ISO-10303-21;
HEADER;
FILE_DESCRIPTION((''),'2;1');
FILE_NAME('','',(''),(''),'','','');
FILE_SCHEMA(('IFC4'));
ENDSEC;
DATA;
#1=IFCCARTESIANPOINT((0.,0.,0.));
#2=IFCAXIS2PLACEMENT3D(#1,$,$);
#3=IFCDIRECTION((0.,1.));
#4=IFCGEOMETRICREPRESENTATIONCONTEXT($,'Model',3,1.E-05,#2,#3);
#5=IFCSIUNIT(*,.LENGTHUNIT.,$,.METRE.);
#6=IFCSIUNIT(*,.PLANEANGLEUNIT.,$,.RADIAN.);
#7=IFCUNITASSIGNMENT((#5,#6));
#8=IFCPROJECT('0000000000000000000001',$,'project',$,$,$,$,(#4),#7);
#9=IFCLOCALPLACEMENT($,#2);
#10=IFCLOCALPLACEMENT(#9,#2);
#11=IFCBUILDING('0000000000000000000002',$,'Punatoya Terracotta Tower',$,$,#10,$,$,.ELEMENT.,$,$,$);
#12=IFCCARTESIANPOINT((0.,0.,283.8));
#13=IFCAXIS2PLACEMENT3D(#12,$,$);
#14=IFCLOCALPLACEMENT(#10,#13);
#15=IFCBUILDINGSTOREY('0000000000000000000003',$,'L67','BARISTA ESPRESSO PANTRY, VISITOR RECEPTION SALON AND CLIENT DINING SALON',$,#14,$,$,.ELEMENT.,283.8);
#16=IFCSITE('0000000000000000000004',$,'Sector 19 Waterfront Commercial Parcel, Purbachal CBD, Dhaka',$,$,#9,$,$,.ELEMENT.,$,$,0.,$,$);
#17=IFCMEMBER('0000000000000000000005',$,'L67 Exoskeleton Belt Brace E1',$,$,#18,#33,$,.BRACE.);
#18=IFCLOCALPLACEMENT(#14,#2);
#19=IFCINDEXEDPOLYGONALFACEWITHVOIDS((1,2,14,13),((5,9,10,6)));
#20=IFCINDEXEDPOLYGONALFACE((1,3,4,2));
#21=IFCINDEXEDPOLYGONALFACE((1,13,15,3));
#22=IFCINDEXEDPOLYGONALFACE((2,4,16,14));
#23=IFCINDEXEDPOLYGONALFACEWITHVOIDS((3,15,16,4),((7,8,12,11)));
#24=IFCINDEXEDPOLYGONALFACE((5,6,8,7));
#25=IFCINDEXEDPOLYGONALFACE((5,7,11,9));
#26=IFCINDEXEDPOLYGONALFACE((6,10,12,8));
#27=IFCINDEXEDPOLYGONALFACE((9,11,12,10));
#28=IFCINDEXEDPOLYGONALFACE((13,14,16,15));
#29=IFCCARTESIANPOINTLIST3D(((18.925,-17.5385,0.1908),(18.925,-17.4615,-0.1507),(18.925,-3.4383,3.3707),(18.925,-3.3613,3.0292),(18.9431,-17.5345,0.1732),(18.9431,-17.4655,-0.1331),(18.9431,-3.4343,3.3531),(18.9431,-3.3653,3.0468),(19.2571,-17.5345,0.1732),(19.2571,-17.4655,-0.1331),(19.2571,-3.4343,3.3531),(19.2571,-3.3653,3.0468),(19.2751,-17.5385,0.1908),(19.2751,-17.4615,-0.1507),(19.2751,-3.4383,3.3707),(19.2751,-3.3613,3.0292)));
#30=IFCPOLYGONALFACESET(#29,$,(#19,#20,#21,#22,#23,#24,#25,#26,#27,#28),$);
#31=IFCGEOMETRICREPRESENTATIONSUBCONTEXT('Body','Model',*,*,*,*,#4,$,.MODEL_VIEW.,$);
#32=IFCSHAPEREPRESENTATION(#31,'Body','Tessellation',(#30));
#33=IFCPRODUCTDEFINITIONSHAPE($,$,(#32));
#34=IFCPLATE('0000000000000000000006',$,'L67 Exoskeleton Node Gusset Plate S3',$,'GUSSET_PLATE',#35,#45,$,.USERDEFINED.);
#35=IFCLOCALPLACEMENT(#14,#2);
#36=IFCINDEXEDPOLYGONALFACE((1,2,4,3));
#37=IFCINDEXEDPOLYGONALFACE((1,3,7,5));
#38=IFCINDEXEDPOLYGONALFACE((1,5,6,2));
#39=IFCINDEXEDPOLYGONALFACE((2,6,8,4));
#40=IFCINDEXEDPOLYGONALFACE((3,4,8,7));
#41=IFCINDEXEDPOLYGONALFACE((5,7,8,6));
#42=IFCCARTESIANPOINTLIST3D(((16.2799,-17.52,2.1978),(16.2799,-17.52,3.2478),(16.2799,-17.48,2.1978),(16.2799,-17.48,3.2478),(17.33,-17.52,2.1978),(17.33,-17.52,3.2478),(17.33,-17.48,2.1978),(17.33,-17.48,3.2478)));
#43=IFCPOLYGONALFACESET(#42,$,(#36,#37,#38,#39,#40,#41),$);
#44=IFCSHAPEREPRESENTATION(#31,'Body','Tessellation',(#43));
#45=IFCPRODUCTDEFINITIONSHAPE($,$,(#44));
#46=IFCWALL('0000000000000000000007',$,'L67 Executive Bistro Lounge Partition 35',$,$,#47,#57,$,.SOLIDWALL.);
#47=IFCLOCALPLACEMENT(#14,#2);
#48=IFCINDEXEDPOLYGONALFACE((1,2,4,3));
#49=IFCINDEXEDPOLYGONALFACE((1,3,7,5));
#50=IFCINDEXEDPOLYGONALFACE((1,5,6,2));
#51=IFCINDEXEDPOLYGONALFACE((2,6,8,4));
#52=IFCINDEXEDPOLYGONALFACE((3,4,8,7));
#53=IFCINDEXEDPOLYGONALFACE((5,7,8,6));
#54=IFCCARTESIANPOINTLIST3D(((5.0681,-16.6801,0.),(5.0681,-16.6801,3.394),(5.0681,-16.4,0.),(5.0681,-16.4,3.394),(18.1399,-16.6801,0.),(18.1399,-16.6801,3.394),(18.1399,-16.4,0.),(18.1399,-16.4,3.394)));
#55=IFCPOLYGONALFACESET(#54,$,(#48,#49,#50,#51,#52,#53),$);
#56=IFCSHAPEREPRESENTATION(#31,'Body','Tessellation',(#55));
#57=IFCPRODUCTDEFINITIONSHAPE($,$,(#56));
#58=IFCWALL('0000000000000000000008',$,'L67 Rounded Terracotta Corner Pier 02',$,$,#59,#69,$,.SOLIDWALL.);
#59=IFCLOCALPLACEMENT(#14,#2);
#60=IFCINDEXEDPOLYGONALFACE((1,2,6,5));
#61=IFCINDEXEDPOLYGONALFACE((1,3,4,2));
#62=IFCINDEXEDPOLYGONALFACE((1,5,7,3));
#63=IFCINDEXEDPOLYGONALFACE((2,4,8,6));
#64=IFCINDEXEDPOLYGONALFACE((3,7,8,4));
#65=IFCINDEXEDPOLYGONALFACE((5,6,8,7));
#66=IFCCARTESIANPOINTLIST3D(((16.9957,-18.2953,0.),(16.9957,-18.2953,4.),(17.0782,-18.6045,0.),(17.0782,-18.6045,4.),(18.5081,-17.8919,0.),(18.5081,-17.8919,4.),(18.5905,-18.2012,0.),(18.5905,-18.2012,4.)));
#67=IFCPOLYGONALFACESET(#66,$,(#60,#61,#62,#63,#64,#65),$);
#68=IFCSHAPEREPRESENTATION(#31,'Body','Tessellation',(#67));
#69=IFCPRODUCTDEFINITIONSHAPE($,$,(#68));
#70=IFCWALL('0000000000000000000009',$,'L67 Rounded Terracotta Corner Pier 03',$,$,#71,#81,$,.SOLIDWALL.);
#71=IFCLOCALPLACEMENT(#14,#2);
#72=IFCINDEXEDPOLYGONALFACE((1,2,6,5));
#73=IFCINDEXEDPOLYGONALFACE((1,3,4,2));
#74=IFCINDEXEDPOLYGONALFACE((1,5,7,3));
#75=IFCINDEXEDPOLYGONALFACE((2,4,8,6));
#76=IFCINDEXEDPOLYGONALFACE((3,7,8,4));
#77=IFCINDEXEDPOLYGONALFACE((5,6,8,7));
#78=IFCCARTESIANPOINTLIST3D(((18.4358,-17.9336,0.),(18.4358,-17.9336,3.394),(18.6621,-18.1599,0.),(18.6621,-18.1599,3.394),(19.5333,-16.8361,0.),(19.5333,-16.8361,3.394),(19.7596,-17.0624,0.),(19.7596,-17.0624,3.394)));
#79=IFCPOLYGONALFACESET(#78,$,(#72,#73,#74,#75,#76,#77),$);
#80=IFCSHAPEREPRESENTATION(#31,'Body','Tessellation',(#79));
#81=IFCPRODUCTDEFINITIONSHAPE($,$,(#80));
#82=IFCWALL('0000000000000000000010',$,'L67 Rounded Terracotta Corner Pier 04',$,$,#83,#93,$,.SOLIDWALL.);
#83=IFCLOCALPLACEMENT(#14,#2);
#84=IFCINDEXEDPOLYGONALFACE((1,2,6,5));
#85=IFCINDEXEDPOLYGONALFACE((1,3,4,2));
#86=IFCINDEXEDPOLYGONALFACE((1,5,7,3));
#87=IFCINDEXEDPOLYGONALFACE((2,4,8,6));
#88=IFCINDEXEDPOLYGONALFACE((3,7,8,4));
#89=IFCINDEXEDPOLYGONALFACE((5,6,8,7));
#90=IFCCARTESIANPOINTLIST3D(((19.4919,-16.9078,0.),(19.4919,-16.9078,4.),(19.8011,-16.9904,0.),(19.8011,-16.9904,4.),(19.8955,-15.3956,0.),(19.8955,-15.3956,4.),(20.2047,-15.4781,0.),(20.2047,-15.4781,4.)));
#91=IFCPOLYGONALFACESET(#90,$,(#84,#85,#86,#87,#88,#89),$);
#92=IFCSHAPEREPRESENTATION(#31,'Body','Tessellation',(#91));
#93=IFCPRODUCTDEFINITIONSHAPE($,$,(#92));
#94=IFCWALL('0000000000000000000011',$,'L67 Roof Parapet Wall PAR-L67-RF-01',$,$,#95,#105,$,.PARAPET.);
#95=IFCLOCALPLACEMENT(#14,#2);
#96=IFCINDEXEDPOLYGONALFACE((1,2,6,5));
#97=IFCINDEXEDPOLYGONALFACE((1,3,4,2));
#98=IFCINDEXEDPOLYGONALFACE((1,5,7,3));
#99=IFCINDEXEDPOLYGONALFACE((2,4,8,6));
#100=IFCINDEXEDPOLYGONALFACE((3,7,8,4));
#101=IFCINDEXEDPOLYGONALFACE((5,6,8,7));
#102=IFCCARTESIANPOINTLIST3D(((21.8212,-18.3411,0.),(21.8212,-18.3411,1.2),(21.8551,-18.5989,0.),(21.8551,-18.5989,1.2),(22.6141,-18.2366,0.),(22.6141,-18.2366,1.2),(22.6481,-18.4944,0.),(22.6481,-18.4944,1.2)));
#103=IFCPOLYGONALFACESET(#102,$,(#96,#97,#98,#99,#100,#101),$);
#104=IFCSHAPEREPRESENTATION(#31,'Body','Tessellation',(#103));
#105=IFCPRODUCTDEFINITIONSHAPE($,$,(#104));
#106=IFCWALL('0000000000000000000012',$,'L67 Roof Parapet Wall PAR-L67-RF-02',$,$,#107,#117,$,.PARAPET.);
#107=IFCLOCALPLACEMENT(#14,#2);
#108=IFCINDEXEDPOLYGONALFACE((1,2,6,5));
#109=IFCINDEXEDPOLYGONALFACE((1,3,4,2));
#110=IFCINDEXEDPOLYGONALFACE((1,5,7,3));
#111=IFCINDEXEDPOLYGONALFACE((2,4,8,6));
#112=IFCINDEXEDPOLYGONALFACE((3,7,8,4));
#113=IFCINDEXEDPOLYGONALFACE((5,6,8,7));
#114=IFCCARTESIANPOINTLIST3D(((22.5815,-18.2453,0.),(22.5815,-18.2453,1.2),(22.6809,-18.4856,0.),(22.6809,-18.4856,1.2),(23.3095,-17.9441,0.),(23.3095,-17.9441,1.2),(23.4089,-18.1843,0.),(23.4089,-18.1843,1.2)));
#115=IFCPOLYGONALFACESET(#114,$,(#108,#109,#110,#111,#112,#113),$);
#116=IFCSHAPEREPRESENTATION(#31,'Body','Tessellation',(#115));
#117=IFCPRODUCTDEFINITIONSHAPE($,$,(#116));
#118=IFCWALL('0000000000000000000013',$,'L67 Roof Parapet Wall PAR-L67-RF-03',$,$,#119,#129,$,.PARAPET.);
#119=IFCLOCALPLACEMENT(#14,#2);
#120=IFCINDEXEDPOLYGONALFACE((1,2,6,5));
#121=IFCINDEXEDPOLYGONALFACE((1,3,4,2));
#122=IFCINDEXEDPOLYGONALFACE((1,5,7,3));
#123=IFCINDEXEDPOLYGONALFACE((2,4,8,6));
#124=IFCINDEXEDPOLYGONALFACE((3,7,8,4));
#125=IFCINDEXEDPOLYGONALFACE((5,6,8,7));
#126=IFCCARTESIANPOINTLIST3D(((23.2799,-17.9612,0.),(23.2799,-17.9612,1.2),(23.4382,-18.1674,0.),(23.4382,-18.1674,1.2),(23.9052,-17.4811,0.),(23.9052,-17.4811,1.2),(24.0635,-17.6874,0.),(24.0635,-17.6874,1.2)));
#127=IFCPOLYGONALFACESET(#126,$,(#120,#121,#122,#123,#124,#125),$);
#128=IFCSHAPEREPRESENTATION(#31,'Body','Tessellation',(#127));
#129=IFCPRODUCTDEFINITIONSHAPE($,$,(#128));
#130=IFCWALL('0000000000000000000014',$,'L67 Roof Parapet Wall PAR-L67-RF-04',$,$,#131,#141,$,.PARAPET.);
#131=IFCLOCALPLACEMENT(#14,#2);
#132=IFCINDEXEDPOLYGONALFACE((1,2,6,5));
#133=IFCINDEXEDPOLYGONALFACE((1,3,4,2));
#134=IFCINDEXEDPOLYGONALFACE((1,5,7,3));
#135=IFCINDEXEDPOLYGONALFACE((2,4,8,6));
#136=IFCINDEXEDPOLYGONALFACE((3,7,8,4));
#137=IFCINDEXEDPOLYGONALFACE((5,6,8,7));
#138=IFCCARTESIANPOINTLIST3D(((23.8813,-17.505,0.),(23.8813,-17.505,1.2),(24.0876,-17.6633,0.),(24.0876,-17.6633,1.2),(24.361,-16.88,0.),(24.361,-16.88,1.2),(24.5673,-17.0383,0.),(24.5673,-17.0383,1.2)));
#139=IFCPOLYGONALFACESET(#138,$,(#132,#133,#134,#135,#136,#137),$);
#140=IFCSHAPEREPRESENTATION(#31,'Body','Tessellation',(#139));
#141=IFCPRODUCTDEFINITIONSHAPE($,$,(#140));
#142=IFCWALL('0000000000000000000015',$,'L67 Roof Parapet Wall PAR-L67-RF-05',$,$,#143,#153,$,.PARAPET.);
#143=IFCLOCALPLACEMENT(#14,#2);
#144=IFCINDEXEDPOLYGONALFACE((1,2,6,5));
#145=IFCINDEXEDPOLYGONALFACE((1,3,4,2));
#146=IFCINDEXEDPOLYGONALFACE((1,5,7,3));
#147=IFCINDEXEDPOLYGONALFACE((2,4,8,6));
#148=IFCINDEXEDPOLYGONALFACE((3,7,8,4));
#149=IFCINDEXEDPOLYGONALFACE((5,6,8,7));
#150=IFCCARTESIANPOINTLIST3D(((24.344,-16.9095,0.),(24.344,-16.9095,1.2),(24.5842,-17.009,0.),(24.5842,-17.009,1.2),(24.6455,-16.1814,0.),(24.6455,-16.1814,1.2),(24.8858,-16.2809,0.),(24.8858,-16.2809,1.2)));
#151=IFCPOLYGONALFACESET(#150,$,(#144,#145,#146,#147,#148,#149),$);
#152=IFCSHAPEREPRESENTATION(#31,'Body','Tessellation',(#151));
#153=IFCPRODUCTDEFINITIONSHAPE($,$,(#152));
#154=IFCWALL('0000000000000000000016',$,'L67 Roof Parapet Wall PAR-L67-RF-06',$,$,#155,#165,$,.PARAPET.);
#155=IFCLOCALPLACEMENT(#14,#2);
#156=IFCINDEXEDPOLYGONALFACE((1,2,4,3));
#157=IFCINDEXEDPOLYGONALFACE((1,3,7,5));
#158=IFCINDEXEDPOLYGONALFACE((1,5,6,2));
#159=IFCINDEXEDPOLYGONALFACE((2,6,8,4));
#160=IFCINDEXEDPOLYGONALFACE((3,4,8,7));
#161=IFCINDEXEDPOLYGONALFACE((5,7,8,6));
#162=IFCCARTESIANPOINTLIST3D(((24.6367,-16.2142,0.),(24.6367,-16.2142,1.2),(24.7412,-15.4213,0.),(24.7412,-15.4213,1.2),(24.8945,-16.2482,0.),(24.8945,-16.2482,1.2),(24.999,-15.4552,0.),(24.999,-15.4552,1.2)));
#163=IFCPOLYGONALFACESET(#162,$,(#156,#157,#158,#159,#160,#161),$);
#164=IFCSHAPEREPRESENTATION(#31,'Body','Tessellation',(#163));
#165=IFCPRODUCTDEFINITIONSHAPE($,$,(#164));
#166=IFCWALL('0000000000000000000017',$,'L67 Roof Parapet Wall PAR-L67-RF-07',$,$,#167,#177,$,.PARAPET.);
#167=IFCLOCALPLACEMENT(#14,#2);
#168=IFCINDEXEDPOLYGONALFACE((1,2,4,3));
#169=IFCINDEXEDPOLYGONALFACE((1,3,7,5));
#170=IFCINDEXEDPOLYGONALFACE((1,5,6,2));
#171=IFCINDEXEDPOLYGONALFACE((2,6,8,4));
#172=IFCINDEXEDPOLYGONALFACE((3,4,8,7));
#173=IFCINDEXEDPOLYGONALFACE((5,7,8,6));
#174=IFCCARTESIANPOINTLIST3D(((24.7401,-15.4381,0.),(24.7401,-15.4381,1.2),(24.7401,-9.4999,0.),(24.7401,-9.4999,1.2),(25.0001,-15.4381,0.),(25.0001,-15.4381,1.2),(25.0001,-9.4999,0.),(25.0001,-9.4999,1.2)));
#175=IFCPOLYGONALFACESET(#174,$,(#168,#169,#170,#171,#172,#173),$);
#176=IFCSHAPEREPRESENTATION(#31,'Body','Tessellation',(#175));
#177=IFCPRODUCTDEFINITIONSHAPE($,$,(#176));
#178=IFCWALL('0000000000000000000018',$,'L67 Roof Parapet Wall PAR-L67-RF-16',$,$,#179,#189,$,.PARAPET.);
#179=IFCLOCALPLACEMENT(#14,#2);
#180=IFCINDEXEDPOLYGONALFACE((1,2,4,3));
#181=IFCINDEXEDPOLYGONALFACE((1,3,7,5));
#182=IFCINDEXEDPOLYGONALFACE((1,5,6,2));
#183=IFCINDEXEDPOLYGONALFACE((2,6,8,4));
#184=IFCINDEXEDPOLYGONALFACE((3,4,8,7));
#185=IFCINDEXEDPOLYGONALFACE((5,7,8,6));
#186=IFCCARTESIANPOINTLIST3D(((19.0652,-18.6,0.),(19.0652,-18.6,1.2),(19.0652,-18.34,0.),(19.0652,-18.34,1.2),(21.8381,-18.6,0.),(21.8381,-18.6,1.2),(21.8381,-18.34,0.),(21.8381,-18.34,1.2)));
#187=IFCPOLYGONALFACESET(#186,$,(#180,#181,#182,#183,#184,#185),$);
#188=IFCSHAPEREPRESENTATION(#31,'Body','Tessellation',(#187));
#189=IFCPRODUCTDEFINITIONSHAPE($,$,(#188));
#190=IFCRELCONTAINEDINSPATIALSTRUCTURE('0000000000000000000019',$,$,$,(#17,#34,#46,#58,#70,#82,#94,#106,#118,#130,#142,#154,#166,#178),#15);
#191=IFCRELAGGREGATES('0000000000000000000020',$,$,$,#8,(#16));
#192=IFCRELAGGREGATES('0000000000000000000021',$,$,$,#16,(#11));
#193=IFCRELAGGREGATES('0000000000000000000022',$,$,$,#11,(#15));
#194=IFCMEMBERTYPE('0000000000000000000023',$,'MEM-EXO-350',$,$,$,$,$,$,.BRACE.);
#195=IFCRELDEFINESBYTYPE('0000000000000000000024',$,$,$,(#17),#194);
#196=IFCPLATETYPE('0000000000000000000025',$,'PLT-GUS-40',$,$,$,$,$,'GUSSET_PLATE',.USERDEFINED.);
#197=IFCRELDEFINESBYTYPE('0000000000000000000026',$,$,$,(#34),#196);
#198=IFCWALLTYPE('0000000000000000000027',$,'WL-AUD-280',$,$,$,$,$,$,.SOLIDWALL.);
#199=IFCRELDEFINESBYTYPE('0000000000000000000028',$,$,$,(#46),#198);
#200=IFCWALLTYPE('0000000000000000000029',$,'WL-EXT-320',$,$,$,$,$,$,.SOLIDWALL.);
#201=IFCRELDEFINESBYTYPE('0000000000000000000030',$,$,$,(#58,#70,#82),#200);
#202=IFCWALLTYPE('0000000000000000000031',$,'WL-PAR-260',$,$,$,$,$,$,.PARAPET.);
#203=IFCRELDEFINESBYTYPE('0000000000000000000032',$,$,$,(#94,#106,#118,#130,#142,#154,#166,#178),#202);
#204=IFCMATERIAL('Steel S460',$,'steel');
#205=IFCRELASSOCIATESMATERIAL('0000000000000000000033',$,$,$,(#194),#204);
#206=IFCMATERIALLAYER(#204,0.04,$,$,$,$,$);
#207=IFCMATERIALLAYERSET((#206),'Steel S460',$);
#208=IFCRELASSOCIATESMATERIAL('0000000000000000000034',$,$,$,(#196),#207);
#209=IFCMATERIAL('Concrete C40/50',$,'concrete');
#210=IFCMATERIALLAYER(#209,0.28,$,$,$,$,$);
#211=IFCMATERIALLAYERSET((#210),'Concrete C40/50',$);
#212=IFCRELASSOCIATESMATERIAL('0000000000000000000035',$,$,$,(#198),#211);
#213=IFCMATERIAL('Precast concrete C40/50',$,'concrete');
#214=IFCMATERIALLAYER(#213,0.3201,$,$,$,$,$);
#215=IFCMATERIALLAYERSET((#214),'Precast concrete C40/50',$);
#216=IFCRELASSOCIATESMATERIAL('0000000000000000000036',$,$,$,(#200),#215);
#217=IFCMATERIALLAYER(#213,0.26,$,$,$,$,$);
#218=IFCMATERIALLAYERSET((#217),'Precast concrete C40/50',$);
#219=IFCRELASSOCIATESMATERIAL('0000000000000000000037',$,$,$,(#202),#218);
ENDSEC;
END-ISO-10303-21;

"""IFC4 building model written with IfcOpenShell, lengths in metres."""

from ifc_helpers import new_model, si_unit, direction, frame, frame_2d, origin, origin_2d, place, context, subcontext, project, spatial, rectangle, hollow_rectangle, extrude, material, layer, layer_set, material_profile, profile_set, type_object, element, save


model = new_model("IFC4")

# Units and contexts
model_context = context("Model", 3, precision=1e-05, world=origin(), true_north=direction((0.0, 1.0)))
body_context = subcontext(model_context, "Body", "Model", "MODEL_VIEW")
ifc_project = project(units=[si_unit("LENGTHUNIT", "METRE"), si_unit("PLANEANGLEUNIT", "RADIAN")], contexts=[model_context])

# Site, building, storey
site_placement = place(None, origin())
site = spatial("IfcSite", under=ifc_project, at=site_placement, Name="Sector 19 Waterfront Commercial Parcel, Purbachal CBD, Dhaka", CompositionType="ELEMENT", RefElevation=0.0)
building_placement = place(site_placement, origin())
building = spatial("IfcBuilding", under=site, at=building_placement, Name="Punatoya Terracotta Tower", CompositionType="ELEMENT")
storey_placement = place(building_placement, frame((0.0, 0.0, 283.8)))
storey = spatial("IfcBuildingStorey", under=building, at=storey_placement, Name="L67", Description="BARISTA ESPRESSO PANTRY, VISITOR RECEPTION SALON AND CLIENT DINING SALON", CompositionType="ELEMENT", Elevation=283.8)

# Shared definitions
ifc_material_1 = material(Name="Steel S460", Category="steel")

# Member
ifc_material_profile_1 = material_profile(ifc_material_1, hollow_rectangle(XDim=0.3501, YDim=0.3501, WallThickness=0.0181, at=origin_2d()))
ifc_profile_set_1 = profile_set([ifc_material_profile_1], Name="Steel S460")
member_type_1 = type_object("IfcMemberType", Name="MEM-EXO-350", PredefinedType="BRACE", material=ifc_profile_set_1)
member_1_placement = place(storey_placement, frame((19.1001, -17.5, 0.02), z_axis=(0.0, 0.9755, 0.22), x_axis=(-1.0, 0.0, 0.0)))
element("IfcMember", 1, at=member_1_placement, inside=storey, type_object=member_type_1, Name="L67 Exoskeleton Belt Brace E1", PredefinedType="BRACE", context=body_context, shape_type="SweptSolid", body=[
    extrude(hollow_rectangle(XDim=0.3501, YDim=0.3501, WallThickness=0.0181, at=origin_2d()), origin(), (0.0, 0.0, 1.0), 14.4543),
])

# Plate
ifc_layer_1 = layer(ifc_material_1, 0.04)
ifc_layer_set_1 = layer_set([ifc_layer_1], Name="Steel S460")
plate_type = type_object("IfcPlateType", Name="PLT-GUS-40", ElementType="GUSSET_PLATE", PredefinedType="USERDEFINED", material=ifc_layer_set_1)
plate_placement = place(storey_placement, frame((16.8049, -17.5, 2.1978), z_axis=(0.0, 0.0, 1.0), x_axis=(1.0, 0.0, 0.0)))
element("IfcPlate", 2, at=plate_placement, inside=storey, type_object=plate_type, Name="L67 Exoskeleton Node Gusset Plate S3", ObjectType="GUSSET_PLATE", PredefinedType="USERDEFINED", context=body_context, shape_type="SweptSolid", body=[
    extrude(rectangle(XDim=1.05, YDim=0.04, at=origin_2d()), origin(), (0.0, 0.0, 1.0), 1.05),
])

# Walls
ifc_material_2 = material(Name="Concrete C40/50", Category="concrete")
ifc_layer_2 = layer(ifc_material_2, 0.28)
ifc_layer_set_2 = layer_set([ifc_layer_2], Name="Concrete C40/50")
wall_type_1 = type_object("IfcWallType", Name="WL-AUD-280", PredefinedType="SOLIDWALL", material=ifc_layer_set_2)
wall_1_placement = place(storey_placement, frame((18.1399, -16.54, 0.0), z_axis=(0.0, 0.0, 1.0), x_axis=(-1.0, 0.0, 0.0)))
element("IfcWall", 3, at=wall_1_placement, inside=storey, type_object=wall_type_1, Name="L67 Executive Bistro Lounge Partition 35", PredefinedType="SOLIDWALL", context=body_context, shape_type="SweptSolid", body=[
    extrude(rectangle(XDim=13.0718, YDim=0.28, at=frame_2d((6.5359, 0.0))), origin(), (0.0, 0.0, 1.0), 3.394),
])
ifc_material_3 = material(Name="Precast concrete C40/50", Category="concrete")
ifc_layer_3 = layer(ifc_material_3, 0.3201)
ifc_layer_set_3 = layer_set([ifc_layer_3], Name="Precast concrete C40/50")
wall_type_2 = type_object("IfcWallType", Name="WL-EXT-320", PredefinedType="SOLIDWALL", material=ifc_layer_set_3)
wall_2_placement = place(storey_placement, frame((17.0369, -18.45, 0.0), z_axis=(0.0, 0.0, 1.0), x_axis=(0.966225, 0.257701, 0.0)))
element("IfcWall", 4, at=wall_2_placement, inside=storey, type_object=wall_type_2, Name="L67 Rounded Terracotta Corner Pier 02", PredefinedType="SOLIDWALL", context=body_context, shape_type="SweptSolid", body=[
    extrude(rectangle(XDim=1.5652, YDim=0.3201, at=frame_2d((0.7827, 0.0))), origin(), (0.0, 0.0, 1.0), 4.0),
])
wall_3_placement = place(storey_placement, frame((18.5491, -18.0466, 0.0), z_axis=(0.0, 0.0, 1.0), x_axis=(0.707107, 0.707107, 0.0)))
element("IfcWall", 5, at=wall_3_placement, inside=storey, type_object=wall_type_2, Name="L67 Rounded Terracotta Corner Pier 03", PredefinedType="SOLIDWALL", context=body_context, shape_type="SweptSolid", body=[
    extrude(rectangle(XDim=1.552, YDim=0.3201, at=frame_2d((0.7759, 0.0))), origin(), (0.0, 0.0, 1.0), 3.394),
])
wall_4_placement = place(storey_placement, frame((19.6465, -16.9492, 0.0), z_axis=(0.0, 0.0, 1.0), x_axis=(0.257847, 0.966186, 0.0)))
element("IfcWall", 6, at=wall_4_placement, inside=storey, type_object=wall_type_2, Name="L67 Rounded Terracotta Corner Pier 04", PredefinedType="SOLIDWALL", context=body_context, shape_type="SweptSolid", body=[
    extrude(rectangle(XDim=1.5652, YDim=0.3201, at=frame_2d((0.7827, 0.0))), origin(), (0.0, 0.0, 1.0), 4.0),
])
ifc_layer_4 = layer(ifc_material_3, 0.26)
ifc_layer_set_4 = layer_set([ifc_layer_4], Name="Precast concrete C40/50")
wall_type_3 = type_object("IfcWallType", Name="WL-PAR-260", PredefinedType="PARAPET", material=ifc_layer_set_4)
wall_5_placement = place(storey_placement, frame((21.8381, -18.47, 0.0), z_axis=(0.0, 0.0, 1.0), x_axis=(0.991429, 0.130644, 0.0)))
element("IfcWall", 7, at=wall_5_placement, inside=storey, type_object=wall_type_3, Name="L67 Roof Parapet Wall PAR-L67-RF-01", PredefinedType="PARAPET", context=body_context, shape_type="SweptSolid", body=[
    extrude(rectangle(XDim=0.7998, YDim=0.26, at=frame_2d((0.3999, 0.0))), origin(), (0.0, 0.0, 1.0), 1.2),
])
wall_6_placement = place(storey_placement, frame((22.6311, -18.3655, 0.0), z_axis=(0.0, 0.0, 1.0), x_axis=(0.924009, 0.38237, 0.0)))
element("IfcWall", 8, at=wall_6_placement, inside=storey, type_object=wall_type_3, Name="L67 Roof Parapet Wall PAR-L67-RF-02", PredefinedType="PARAPET", context=body_context, shape_type="SweptSolid", body=[
    extrude(rectangle(XDim=0.7878, YDim=0.26, at=frame_2d((0.394, 0.0))), origin(), (0.0, 0.0, 1.0), 1.2),
])
wall_7_placement = place(storey_placement, frame((23.3591, -18.0642, 0.0), z_axis=(0.0, 0.0, 1.0), x_axis=(0.793222, 0.608932, 0.0)))
element("IfcWall", 9, at=wall_7_placement, inside=storey, type_object=wall_type_3, Name="L67 Roof Parapet Wall PAR-L67-RF-03", PredefinedType="PARAPET", context=body_context, shape_type="SweptSolid", body=[
    extrude(rectangle(XDim=0.7883, YDim=0.26, at=frame_2d((0.394, 0.0))), origin(), (0.0, 0.0, 1.0), 1.2),
])
wall_8_placement = place(storey_placement, frame((23.9844, -17.5842, 0.0), z_axis=(0.0, 0.0, 1.0), x_axis=(0.608887, 0.793257, 0.0)))
element("IfcWall", 10, at=wall_8_placement, inside=storey, type_object=wall_type_3, Name="L67 Roof Parapet Wall PAR-L67-RF-04", PredefinedType="PARAPET", context=body_context, shape_type="SweptSolid", body=[
    extrude(rectangle(XDim=0.7878, YDim=0.26, at=frame_2d((0.394, 0.0))), origin(), (0.0, 0.0, 1.0), 1.2),
])
wall_9_placement = place(storey_placement, frame((24.4641, -16.9592, 0.0), z_axis=(0.0, 0.0, 1.0), x_axis=(0.382635, 0.9239, 0.0)))
element("IfcWall", 11, at=wall_9_placement, inside=storey, type_object=wall_type_3, Name="L67 Roof Parapet Wall PAR-L67-RF-05", PredefinedType="PARAPET", context=body_context, shape_type="SweptSolid", body=[
    extrude(rectangle(XDim=0.7881, YDim=0.26, at=frame_2d((0.394, 0.0))), origin(), (0.0, 0.0, 1.0), 1.2),
])
wall_10_placement = place(storey_placement, frame((24.7656, -16.2312, 0.0), z_axis=(0.0, 0.0, 1.0), x_axis=(0.130644, 0.991429, 0.0)))
element("IfcWall", 12, at=wall_10_placement, inside=storey, type_object=wall_type_3, Name="L67 Roof Parapet Wall PAR-L67-RF-06", PredefinedType="PARAPET", context=body_context, shape_type="SweptSolid", body=[
    extrude(rectangle(XDim=0.7998, YDim=0.26, at=frame_2d((0.3999, 0.0))), origin(), (0.0, 0.0, 1.0), 1.2),
])
wall_11_placement = place(storey_placement, frame((24.8701, -15.4382, 0.0), z_axis=(0.0, 0.0, 1.0), x_axis=(0.0, 1.0, 0.0)))
element("IfcWall", 13, at=wall_11_placement, inside=storey, type_object=wall_type_3, Name="L67 Roof Parapet Wall PAR-L67-RF-07", PredefinedType="PARAPET", context=body_context, shape_type="SweptSolid", body=[
    extrude(rectangle(XDim=5.9382, YDim=0.26, at=frame_2d((2.9692, 0.0))), origin(), (0.0, 0.0, 1.0), 1.2),
])
wall_12_placement = place(storey_placement, frame((19.0652, -18.47, 0.0), z_axis=(0.0, 0.0, 1.0), x_axis=(1.0, 0.0, 0.0)))
element("IfcWall", 14, at=wall_12_placement, inside=storey, type_object=wall_type_3, Name="L67 Roof Parapet Wall PAR-L67-RF-16", PredefinedType="PARAPET", context=body_context, shape_type="SweptSolid", body=[
    extrude(rectangle(XDim=2.7729, YDim=0.26, at=frame_2d((1.3865, 0.0))), origin(), (0.0, 0.0, 1.0), 1.2),
])

save(model, "model.ifc")
